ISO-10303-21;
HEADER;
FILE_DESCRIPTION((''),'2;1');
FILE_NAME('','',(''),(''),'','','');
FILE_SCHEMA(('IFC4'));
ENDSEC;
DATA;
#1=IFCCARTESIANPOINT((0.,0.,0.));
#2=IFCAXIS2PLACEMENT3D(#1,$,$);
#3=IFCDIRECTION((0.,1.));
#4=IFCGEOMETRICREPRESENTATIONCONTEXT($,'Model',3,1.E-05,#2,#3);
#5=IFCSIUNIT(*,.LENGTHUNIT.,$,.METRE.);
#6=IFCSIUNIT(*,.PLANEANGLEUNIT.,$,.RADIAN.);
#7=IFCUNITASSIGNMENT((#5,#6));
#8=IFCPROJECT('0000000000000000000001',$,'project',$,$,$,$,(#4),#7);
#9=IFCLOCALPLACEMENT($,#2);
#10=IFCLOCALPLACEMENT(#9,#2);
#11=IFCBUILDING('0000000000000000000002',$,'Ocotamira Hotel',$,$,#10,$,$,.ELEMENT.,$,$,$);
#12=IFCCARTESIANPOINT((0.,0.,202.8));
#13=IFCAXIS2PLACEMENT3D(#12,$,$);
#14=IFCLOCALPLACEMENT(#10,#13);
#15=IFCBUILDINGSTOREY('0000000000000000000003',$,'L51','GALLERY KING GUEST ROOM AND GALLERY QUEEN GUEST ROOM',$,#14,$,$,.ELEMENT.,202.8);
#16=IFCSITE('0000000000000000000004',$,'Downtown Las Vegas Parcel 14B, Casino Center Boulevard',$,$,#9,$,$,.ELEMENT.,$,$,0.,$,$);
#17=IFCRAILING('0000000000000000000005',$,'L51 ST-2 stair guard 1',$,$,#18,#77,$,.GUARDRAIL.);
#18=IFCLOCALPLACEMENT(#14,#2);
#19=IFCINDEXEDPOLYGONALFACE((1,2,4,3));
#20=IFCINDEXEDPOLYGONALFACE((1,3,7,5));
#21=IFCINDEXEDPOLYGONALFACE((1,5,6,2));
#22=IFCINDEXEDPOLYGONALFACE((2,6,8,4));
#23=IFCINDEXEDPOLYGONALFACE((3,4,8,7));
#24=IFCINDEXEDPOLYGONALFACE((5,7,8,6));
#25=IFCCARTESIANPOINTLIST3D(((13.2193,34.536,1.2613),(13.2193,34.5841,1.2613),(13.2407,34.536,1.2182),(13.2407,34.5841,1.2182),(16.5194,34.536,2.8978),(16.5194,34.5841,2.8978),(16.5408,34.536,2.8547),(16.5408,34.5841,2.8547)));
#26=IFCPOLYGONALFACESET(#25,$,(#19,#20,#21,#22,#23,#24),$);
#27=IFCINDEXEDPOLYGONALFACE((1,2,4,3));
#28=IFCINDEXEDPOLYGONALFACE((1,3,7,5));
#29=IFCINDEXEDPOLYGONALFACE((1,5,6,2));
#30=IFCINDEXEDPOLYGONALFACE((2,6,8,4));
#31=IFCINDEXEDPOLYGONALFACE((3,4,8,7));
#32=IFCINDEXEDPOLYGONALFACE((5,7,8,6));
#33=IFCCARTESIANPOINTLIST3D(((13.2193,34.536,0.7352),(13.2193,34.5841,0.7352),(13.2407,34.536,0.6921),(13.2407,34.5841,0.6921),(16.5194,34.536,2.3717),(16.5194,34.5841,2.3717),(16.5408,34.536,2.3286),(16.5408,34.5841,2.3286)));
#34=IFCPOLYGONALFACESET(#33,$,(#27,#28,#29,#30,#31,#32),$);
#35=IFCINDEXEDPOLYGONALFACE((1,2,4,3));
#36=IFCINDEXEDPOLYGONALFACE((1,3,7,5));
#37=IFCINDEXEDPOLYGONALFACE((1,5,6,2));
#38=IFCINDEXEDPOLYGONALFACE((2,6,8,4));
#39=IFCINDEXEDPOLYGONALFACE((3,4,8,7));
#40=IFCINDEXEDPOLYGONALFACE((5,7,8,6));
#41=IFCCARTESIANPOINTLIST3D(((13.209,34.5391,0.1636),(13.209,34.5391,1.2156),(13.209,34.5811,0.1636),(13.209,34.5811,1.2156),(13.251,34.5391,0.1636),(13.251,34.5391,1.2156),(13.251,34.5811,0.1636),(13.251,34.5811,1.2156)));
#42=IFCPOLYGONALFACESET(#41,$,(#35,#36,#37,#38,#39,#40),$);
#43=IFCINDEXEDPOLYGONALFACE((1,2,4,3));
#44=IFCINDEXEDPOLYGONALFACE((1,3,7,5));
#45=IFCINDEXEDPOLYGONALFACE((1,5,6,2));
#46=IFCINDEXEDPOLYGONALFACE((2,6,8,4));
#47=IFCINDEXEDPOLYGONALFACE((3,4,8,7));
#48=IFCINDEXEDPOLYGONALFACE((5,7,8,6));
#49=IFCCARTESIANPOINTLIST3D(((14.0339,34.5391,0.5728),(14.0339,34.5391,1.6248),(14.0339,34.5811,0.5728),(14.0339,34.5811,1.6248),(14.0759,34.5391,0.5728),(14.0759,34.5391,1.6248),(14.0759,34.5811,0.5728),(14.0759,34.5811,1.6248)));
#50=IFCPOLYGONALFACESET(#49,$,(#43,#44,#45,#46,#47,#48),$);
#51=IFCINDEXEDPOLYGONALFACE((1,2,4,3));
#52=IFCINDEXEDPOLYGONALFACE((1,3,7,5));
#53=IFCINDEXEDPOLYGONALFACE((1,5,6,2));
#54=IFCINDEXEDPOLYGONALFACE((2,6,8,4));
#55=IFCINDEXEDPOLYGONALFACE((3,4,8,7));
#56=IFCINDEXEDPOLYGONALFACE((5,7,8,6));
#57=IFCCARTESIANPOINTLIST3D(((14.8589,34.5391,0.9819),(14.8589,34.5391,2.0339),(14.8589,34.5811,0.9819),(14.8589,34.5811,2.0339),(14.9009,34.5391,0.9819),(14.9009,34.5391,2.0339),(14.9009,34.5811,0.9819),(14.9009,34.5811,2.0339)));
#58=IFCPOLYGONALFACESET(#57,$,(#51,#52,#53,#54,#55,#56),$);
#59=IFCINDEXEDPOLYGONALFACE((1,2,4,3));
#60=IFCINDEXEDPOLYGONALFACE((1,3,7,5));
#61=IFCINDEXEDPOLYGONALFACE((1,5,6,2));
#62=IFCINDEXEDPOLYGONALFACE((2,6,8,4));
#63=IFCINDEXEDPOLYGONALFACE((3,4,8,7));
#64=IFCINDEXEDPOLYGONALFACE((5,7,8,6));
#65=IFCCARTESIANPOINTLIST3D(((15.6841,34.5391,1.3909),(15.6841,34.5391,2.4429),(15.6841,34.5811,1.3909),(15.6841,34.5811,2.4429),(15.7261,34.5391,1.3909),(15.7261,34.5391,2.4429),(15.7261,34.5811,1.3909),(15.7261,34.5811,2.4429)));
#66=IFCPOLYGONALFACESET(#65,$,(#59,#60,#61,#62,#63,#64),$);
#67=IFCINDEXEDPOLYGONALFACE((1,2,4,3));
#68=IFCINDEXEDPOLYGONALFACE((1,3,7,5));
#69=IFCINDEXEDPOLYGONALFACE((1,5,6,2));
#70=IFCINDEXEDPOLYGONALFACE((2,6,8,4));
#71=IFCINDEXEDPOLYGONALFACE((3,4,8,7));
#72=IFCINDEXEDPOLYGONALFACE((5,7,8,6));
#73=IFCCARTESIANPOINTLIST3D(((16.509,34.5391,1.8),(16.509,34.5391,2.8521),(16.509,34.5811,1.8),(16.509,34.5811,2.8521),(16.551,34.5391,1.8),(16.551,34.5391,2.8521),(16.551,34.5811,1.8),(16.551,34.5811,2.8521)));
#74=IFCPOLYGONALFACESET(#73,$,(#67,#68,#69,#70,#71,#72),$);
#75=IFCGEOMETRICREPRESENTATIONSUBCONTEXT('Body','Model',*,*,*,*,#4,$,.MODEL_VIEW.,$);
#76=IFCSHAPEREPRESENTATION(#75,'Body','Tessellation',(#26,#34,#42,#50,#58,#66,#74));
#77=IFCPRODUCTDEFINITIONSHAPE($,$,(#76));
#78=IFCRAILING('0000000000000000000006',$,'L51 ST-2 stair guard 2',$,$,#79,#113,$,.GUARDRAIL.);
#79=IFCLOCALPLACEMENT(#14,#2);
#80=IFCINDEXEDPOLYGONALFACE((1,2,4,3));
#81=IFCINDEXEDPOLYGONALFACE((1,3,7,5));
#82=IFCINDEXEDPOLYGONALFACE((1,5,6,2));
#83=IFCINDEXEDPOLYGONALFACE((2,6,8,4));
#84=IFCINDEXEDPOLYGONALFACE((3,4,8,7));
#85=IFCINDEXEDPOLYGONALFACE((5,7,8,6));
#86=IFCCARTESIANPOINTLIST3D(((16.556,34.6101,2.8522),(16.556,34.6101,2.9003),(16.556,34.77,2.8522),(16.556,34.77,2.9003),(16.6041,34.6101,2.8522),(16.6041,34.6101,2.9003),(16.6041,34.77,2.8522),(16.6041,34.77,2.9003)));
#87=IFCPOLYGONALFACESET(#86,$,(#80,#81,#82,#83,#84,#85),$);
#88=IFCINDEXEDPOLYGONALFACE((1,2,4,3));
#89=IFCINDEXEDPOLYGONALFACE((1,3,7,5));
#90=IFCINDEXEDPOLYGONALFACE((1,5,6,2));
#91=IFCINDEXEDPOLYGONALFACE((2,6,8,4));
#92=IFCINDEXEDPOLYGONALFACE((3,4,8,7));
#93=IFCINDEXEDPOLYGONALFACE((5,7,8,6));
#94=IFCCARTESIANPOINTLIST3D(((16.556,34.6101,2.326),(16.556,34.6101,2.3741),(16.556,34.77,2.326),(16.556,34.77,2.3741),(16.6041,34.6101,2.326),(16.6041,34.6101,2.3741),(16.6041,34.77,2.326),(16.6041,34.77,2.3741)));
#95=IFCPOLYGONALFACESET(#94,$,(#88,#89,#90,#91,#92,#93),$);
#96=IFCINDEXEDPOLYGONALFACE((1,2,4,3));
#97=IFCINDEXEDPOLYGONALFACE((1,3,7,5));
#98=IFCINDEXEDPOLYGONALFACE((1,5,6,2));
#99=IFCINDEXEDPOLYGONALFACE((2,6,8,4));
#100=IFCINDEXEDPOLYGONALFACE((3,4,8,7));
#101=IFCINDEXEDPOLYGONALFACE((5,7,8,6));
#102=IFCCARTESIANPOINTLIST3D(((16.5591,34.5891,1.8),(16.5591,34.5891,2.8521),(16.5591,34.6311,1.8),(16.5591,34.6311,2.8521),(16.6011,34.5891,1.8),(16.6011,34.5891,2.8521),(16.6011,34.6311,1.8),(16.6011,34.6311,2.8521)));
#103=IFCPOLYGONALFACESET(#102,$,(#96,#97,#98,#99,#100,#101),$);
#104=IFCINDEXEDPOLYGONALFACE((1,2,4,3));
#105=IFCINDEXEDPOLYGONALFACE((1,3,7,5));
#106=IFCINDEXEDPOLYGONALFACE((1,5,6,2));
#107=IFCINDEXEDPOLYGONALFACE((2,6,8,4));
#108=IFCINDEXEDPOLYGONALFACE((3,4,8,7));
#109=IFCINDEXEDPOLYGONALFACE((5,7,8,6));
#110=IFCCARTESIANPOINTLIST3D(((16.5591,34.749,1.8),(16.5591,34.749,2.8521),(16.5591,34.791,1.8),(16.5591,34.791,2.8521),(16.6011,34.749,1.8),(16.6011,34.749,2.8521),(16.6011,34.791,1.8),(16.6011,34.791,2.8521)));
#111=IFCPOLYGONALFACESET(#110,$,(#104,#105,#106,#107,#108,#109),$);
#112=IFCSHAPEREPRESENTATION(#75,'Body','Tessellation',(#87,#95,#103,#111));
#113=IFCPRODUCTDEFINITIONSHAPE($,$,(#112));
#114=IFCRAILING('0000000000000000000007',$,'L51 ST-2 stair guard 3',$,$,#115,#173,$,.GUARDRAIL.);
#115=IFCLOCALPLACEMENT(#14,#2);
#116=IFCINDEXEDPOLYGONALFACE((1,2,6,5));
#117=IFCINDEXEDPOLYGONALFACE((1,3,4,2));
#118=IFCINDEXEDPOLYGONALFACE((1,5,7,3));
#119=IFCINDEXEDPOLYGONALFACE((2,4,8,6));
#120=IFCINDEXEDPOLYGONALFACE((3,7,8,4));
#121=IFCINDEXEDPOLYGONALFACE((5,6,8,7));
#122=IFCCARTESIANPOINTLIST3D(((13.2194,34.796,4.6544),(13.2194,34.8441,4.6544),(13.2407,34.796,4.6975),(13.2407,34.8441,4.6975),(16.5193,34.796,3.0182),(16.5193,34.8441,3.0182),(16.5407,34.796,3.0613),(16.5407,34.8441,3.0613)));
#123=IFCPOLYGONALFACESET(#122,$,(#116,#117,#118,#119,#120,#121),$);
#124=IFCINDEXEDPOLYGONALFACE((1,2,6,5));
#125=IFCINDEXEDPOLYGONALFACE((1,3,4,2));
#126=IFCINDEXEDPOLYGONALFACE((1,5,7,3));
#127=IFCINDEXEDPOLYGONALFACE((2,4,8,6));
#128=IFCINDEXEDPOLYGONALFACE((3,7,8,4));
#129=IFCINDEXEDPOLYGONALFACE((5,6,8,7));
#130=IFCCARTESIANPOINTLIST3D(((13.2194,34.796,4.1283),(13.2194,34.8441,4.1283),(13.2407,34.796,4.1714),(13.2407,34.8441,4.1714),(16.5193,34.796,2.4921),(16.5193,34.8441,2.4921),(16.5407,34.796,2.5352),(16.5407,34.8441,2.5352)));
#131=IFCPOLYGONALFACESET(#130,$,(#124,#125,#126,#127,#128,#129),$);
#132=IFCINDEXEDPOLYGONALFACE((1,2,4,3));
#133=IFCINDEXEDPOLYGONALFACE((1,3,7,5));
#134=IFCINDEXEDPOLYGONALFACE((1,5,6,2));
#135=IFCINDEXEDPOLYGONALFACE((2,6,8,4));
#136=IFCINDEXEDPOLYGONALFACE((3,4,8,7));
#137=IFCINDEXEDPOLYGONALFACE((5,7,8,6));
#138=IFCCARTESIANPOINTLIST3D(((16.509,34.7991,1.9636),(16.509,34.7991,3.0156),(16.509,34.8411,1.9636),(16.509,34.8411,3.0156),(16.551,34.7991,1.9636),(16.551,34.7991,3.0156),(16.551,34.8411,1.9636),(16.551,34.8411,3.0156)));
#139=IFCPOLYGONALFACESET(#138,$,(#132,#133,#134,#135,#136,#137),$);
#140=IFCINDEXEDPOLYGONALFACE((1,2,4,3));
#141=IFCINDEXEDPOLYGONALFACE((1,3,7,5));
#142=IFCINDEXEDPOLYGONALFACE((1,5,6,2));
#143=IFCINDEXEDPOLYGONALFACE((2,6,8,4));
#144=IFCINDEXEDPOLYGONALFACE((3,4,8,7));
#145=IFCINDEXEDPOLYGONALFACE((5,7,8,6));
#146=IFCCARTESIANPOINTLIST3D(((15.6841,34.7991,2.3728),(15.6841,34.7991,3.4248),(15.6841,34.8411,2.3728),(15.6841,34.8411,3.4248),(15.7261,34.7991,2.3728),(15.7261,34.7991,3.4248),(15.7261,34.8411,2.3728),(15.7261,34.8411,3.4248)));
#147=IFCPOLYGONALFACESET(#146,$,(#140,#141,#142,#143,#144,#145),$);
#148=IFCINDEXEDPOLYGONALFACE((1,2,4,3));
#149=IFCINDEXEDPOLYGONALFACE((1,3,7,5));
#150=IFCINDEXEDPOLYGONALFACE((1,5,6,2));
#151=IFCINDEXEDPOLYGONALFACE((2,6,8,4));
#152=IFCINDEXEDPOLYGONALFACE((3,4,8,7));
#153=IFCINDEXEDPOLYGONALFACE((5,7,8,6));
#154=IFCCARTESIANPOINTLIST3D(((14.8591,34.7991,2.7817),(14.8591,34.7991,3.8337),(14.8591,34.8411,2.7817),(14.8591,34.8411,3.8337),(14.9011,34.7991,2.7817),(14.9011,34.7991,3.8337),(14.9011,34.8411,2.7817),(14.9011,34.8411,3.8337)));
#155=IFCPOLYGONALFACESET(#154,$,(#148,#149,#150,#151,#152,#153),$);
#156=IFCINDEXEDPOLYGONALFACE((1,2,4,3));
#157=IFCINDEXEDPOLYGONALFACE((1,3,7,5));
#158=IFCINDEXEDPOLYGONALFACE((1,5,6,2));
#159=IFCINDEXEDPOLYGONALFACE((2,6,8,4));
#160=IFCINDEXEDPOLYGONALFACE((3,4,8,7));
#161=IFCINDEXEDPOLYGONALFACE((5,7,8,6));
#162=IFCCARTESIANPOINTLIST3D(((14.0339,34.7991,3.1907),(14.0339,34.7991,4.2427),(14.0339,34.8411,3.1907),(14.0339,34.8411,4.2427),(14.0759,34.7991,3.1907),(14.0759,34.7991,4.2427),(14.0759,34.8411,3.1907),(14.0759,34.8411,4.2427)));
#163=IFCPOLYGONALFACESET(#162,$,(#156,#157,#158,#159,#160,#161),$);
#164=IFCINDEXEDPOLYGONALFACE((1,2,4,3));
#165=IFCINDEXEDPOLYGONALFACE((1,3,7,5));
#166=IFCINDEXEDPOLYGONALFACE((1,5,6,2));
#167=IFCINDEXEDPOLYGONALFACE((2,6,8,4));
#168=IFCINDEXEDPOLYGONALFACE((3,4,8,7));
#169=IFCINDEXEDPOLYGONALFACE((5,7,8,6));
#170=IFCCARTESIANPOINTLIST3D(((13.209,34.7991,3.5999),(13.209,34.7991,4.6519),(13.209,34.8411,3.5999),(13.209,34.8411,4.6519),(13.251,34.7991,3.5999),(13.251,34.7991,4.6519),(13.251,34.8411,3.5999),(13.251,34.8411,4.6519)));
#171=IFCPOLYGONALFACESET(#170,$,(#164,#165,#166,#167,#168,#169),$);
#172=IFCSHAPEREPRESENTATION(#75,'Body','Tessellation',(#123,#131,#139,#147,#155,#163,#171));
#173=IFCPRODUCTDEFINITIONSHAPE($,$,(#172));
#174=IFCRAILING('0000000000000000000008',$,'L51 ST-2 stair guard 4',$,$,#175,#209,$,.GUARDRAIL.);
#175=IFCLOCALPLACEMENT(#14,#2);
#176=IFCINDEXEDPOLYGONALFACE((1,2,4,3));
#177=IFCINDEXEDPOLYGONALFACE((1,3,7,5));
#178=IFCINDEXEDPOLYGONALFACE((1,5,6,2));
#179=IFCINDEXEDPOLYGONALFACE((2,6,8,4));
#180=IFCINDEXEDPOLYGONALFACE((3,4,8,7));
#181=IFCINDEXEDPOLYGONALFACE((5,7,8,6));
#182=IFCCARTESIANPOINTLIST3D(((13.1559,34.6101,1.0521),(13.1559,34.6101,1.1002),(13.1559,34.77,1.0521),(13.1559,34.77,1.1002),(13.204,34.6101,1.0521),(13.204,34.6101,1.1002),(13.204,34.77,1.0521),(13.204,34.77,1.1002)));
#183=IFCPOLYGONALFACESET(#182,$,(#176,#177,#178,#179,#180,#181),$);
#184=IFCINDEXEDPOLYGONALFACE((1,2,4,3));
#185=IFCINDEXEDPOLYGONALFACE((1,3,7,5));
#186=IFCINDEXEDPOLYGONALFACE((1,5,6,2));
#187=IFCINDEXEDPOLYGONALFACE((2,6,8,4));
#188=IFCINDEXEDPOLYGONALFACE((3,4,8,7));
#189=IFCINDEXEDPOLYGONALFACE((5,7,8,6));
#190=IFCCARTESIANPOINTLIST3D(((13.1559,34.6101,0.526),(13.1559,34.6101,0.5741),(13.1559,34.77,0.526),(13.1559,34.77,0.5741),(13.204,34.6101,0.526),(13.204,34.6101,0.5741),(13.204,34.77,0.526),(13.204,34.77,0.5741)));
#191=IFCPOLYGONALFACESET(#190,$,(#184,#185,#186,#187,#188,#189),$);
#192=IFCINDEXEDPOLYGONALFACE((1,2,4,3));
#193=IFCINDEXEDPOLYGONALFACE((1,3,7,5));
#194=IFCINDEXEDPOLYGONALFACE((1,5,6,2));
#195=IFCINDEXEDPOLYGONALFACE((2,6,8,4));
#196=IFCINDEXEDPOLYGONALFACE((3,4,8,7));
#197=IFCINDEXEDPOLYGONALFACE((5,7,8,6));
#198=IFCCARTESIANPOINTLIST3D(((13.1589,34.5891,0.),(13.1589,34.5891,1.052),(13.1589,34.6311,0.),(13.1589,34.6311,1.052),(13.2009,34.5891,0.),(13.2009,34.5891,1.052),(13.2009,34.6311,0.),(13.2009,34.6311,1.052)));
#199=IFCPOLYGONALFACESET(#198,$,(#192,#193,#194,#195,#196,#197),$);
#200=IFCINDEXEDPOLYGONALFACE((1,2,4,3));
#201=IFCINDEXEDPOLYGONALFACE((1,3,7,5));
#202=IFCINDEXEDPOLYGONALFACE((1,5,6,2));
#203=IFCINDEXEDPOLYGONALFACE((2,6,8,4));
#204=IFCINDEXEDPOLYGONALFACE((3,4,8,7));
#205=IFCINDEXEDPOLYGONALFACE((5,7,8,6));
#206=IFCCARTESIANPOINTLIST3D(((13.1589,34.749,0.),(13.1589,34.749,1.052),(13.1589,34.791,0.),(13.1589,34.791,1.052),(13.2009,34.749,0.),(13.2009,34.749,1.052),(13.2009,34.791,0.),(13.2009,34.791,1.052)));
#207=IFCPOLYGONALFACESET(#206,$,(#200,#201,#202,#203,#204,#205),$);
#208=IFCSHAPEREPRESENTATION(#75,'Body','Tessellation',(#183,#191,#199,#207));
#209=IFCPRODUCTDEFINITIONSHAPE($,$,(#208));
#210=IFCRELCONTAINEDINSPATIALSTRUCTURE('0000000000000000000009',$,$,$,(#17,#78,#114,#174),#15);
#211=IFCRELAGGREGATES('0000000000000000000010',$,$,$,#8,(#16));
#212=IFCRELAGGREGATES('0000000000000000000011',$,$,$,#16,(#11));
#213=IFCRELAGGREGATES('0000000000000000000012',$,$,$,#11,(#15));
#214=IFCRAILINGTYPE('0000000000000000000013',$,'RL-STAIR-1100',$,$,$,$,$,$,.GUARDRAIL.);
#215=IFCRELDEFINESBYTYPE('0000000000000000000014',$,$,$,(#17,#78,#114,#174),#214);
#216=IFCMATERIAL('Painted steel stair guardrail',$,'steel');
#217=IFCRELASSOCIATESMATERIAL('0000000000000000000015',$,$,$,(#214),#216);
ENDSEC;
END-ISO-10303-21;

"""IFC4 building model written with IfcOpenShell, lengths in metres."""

from ifc_helpers import new_model, si_unit, direction, frame, origin, origin_2d, place, context, subcontext, project, spatial, rectangle, extrude, material, type_object, element, save


model = new_model("IFC4")

# Units and contexts
model_context = context("Model", 3, precision=1e-05, world=origin(), true_north=direction((0.0, 1.0)))
body_context = subcontext(model_context, "Body", "Model", "MODEL_VIEW")
ifc_project = project(units=[si_unit("LENGTHUNIT", "METRE"), si_unit("PLANEANGLEUNIT", "RADIAN")], contexts=[model_context])

# Site, building, storey
site_placement = place(None, origin())
site = spatial("IfcSite", under=ifc_project, at=site_placement, Name="Downtown Las Vegas Parcel 14B, Casino Center Boulevard", CompositionType="ELEMENT", RefElevation=0.0)
building_placement = place(site_placement, origin())
building = spatial("IfcBuilding", under=site, at=building_placement, Name="Ocotamira Hotel", CompositionType="ELEMENT")
storey_placement = place(building_placement, frame((0.0, 0.0, 202.8)))
storey = spatial("IfcBuildingStorey", under=building, at=storey_placement, Name="L51", Description="GALLERY KING GUEST ROOM AND GALLERY QUEEN GUEST ROOM", CompositionType="ELEMENT", Elevation=202.8)

# Railings
ifc_material_1 = material(Name="Painted steel stair guardrail", Category="steel")
railing_type_1 = type_object("IfcRailingType", Name="RL-STAIR-1100", PredefinedType="GUARDRAIL", material=ifc_material_1)
railing_1_placement = place(storey_placement, frame((13.23, 34.5601, 0.1636)))
element("IfcRailing", 1, at=railing_1_placement, inside=storey, type_object=railing_type_1, Name="L51 ST-2 stair guard 1", PredefinedType="GUARDRAIL", context=body_context, shape_type="SweptSolid", body=[
    extrude(rectangle(XDim=0.0481, YDim=0.0481, at=origin_2d()), frame((0.0, 0.0, 1.0762), z_axis=(0.895894, 0.0, 0.444268), x_axis=(0.0, 1.0, 0.0)), (0.0, 0.0, 1.0), 3.6836),
    extrude(rectangle(XDim=0.0481, YDim=0.0481, at=origin_2d()), frame((0.0, 0.0, 0.55), z_axis=(0.895894, 0.0, 0.444268), x_axis=(0.0, 1.0, 0.0)), (0.0, 0.0, 1.0), 3.6836),
    extrude(rectangle(XDim=0.042, YDim=0.042, at=origin_2d()), origin(), (0.0, 0.0, 1.0), 1.052),
    extrude(rectangle(XDim=0.042, YDim=0.042, at=origin_2d()), frame((0.825, 0.0, 0.4092)), (0.0, 0.0, 1.0), 1.052),
    extrude(rectangle(XDim=0.042, YDim=0.042, at=origin_2d()), frame((1.6499, 0.0, 0.8184)), (0.0, 0.0, 1.0), 1.052),
    extrude(rectangle(XDim=0.042, YDim=0.042, at=origin_2d()), frame((2.4751, 0.0, 1.2273)), (0.0, 0.0, 1.0), 1.052),
    extrude(rectangle(XDim=0.042, YDim=0.042, at=origin_2d()), frame((3.3, 0.0, 1.6365)), (0.0, 0.0, 1.0), 1.052),
])
railing_2_placement = place(storey_placement, frame((16.5801, 34.6101, 1.8)))
element("IfcRailing", 2, at=railing_2_placement, inside=storey, type_object=railing_type_1, Name="L51 ST-2 stair guard 2", PredefinedType="GUARDRAIL", context=body_context, shape_type="SweptSolid", body=[
    extrude(rectangle(XDim=0.0481, YDim=0.0481, at=origin_2d()), frame((0.0, 0.0, 1.0762), z_axis=(0.0, 1.0, 0.0), x_axis=(-1.0, 0.0, 0.0)), (0.0, 0.0, 1.0), 0.1599),
    extrude(rectangle(XDim=0.0481, YDim=0.0481, at=origin_2d()), frame((0.0, 0.0, 0.55), z_axis=(0.0, 1.0, 0.0), x_axis=(-1.0, 0.0, 0.0)), (0.0, 0.0, 1.0), 0.1599),
    extrude(rectangle(XDim=0.042, YDim=0.042, at=origin_2d()), origin(), (0.0, 0.0, 1.0), 1.052),
    extrude(rectangle(XDim=0.042, YDim=0.042, at=origin_2d()), frame((0.0, 0.1599, 0.0)), (0.0, 0.0, 1.0), 1.052),
])
railing_3_placement = place(storey_placement, frame((16.53, 34.8201, 1.9636)))
element("IfcRailing", 3, at=railing_3_placement, inside=storey, type_object=railing_type_1, Name="L51 ST-2 stair guard 3", PredefinedType="GUARDRAIL", context=body_context, shape_type="SweptSolid", body=[
    extrude(rectangle(XDim=0.0481, YDim=0.0481, at=origin_2d()), frame((0.0, 0.0, 1.0762), z_axis=(-0.89592, 0.0, 0.444215), x_axis=(0.0, -1.0, 0.0)), (0.0, 0.0, 1.0), 3.6833),
    extrude(rectangle(XDim=0.0481, YDim=0.0481, at=origin_2d()), frame((0.0, 0.0, 0.55), z_axis=(-0.89592, 0.0, 0.444215), x_axis=(0.0, -1.0, 0.0)), (0.0, 0.0, 1.0), 3.6833),
    extrude(rectangle(XDim=0.042, YDim=0.042, at=origin_2d()), origin(), (0.0, 0.0, 1.0), 1.052),
    extrude(rectangle(XDim=0.042, YDim=0.042, at=origin_2d()), frame((-0.825, 0.0, 0.4092)), (0.0, 0.0, 1.0), 1.052),
    extrude(rectangle(XDim=0.042, YDim=0.042, at=origin_2d()), frame((-1.6499, 0.0, 0.8181)), (0.0, 0.0, 1.0), 1.052),
    extrude(rectangle(XDim=0.042, YDim=0.042, at=origin_2d()), frame((-2.4751, 0.0, 1.2271)), (0.0, 0.0, 1.0), 1.052),
    extrude(rectangle(XDim=0.042, YDim=0.042, at=origin_2d()), frame((-3.3, 0.0, 1.6362)), (0.0, 0.0, 1.0), 1.052),
])
railing_4_placement = place(storey_placement, frame((13.1799, 34.6101, 0.0)))
element("IfcRailing", 4, at=railing_4_placement, inside=storey, type_object=railing_type_1, Name="L51 ST-2 stair guard 4", PredefinedType="GUARDRAIL", context=body_context, shape_type="SweptSolid", body=[
    extrude(rectangle(XDim=0.0481, YDim=0.0481, at=origin_2d()), frame((0.0, 0.0, 1.0762), z_axis=(0.0, 1.0, 0.0), x_axis=(-1.0, 0.0, 0.0)), (0.0, 0.0, 1.0), 0.1599),
    extrude(rectangle(XDim=0.0481, YDim=0.0481, at=origin_2d()), frame((0.0, 0.0, 0.55), z_axis=(0.0, 1.0, 0.0), x_axis=(-1.0, 0.0, 0.0)), (0.0, 0.0, 1.0), 0.1599),
    extrude(rectangle(XDim=0.042, YDim=0.042, at=origin_2d()), origin(), (0.0, 0.0, 1.0), 1.052),
    extrude(rectangle(XDim=0.042, YDim=0.042, at=origin_2d()), frame((0.0, 0.1599, 0.0)), (0.0, 0.0, 1.0), 1.052),
])

save(model, "model.ifc")
